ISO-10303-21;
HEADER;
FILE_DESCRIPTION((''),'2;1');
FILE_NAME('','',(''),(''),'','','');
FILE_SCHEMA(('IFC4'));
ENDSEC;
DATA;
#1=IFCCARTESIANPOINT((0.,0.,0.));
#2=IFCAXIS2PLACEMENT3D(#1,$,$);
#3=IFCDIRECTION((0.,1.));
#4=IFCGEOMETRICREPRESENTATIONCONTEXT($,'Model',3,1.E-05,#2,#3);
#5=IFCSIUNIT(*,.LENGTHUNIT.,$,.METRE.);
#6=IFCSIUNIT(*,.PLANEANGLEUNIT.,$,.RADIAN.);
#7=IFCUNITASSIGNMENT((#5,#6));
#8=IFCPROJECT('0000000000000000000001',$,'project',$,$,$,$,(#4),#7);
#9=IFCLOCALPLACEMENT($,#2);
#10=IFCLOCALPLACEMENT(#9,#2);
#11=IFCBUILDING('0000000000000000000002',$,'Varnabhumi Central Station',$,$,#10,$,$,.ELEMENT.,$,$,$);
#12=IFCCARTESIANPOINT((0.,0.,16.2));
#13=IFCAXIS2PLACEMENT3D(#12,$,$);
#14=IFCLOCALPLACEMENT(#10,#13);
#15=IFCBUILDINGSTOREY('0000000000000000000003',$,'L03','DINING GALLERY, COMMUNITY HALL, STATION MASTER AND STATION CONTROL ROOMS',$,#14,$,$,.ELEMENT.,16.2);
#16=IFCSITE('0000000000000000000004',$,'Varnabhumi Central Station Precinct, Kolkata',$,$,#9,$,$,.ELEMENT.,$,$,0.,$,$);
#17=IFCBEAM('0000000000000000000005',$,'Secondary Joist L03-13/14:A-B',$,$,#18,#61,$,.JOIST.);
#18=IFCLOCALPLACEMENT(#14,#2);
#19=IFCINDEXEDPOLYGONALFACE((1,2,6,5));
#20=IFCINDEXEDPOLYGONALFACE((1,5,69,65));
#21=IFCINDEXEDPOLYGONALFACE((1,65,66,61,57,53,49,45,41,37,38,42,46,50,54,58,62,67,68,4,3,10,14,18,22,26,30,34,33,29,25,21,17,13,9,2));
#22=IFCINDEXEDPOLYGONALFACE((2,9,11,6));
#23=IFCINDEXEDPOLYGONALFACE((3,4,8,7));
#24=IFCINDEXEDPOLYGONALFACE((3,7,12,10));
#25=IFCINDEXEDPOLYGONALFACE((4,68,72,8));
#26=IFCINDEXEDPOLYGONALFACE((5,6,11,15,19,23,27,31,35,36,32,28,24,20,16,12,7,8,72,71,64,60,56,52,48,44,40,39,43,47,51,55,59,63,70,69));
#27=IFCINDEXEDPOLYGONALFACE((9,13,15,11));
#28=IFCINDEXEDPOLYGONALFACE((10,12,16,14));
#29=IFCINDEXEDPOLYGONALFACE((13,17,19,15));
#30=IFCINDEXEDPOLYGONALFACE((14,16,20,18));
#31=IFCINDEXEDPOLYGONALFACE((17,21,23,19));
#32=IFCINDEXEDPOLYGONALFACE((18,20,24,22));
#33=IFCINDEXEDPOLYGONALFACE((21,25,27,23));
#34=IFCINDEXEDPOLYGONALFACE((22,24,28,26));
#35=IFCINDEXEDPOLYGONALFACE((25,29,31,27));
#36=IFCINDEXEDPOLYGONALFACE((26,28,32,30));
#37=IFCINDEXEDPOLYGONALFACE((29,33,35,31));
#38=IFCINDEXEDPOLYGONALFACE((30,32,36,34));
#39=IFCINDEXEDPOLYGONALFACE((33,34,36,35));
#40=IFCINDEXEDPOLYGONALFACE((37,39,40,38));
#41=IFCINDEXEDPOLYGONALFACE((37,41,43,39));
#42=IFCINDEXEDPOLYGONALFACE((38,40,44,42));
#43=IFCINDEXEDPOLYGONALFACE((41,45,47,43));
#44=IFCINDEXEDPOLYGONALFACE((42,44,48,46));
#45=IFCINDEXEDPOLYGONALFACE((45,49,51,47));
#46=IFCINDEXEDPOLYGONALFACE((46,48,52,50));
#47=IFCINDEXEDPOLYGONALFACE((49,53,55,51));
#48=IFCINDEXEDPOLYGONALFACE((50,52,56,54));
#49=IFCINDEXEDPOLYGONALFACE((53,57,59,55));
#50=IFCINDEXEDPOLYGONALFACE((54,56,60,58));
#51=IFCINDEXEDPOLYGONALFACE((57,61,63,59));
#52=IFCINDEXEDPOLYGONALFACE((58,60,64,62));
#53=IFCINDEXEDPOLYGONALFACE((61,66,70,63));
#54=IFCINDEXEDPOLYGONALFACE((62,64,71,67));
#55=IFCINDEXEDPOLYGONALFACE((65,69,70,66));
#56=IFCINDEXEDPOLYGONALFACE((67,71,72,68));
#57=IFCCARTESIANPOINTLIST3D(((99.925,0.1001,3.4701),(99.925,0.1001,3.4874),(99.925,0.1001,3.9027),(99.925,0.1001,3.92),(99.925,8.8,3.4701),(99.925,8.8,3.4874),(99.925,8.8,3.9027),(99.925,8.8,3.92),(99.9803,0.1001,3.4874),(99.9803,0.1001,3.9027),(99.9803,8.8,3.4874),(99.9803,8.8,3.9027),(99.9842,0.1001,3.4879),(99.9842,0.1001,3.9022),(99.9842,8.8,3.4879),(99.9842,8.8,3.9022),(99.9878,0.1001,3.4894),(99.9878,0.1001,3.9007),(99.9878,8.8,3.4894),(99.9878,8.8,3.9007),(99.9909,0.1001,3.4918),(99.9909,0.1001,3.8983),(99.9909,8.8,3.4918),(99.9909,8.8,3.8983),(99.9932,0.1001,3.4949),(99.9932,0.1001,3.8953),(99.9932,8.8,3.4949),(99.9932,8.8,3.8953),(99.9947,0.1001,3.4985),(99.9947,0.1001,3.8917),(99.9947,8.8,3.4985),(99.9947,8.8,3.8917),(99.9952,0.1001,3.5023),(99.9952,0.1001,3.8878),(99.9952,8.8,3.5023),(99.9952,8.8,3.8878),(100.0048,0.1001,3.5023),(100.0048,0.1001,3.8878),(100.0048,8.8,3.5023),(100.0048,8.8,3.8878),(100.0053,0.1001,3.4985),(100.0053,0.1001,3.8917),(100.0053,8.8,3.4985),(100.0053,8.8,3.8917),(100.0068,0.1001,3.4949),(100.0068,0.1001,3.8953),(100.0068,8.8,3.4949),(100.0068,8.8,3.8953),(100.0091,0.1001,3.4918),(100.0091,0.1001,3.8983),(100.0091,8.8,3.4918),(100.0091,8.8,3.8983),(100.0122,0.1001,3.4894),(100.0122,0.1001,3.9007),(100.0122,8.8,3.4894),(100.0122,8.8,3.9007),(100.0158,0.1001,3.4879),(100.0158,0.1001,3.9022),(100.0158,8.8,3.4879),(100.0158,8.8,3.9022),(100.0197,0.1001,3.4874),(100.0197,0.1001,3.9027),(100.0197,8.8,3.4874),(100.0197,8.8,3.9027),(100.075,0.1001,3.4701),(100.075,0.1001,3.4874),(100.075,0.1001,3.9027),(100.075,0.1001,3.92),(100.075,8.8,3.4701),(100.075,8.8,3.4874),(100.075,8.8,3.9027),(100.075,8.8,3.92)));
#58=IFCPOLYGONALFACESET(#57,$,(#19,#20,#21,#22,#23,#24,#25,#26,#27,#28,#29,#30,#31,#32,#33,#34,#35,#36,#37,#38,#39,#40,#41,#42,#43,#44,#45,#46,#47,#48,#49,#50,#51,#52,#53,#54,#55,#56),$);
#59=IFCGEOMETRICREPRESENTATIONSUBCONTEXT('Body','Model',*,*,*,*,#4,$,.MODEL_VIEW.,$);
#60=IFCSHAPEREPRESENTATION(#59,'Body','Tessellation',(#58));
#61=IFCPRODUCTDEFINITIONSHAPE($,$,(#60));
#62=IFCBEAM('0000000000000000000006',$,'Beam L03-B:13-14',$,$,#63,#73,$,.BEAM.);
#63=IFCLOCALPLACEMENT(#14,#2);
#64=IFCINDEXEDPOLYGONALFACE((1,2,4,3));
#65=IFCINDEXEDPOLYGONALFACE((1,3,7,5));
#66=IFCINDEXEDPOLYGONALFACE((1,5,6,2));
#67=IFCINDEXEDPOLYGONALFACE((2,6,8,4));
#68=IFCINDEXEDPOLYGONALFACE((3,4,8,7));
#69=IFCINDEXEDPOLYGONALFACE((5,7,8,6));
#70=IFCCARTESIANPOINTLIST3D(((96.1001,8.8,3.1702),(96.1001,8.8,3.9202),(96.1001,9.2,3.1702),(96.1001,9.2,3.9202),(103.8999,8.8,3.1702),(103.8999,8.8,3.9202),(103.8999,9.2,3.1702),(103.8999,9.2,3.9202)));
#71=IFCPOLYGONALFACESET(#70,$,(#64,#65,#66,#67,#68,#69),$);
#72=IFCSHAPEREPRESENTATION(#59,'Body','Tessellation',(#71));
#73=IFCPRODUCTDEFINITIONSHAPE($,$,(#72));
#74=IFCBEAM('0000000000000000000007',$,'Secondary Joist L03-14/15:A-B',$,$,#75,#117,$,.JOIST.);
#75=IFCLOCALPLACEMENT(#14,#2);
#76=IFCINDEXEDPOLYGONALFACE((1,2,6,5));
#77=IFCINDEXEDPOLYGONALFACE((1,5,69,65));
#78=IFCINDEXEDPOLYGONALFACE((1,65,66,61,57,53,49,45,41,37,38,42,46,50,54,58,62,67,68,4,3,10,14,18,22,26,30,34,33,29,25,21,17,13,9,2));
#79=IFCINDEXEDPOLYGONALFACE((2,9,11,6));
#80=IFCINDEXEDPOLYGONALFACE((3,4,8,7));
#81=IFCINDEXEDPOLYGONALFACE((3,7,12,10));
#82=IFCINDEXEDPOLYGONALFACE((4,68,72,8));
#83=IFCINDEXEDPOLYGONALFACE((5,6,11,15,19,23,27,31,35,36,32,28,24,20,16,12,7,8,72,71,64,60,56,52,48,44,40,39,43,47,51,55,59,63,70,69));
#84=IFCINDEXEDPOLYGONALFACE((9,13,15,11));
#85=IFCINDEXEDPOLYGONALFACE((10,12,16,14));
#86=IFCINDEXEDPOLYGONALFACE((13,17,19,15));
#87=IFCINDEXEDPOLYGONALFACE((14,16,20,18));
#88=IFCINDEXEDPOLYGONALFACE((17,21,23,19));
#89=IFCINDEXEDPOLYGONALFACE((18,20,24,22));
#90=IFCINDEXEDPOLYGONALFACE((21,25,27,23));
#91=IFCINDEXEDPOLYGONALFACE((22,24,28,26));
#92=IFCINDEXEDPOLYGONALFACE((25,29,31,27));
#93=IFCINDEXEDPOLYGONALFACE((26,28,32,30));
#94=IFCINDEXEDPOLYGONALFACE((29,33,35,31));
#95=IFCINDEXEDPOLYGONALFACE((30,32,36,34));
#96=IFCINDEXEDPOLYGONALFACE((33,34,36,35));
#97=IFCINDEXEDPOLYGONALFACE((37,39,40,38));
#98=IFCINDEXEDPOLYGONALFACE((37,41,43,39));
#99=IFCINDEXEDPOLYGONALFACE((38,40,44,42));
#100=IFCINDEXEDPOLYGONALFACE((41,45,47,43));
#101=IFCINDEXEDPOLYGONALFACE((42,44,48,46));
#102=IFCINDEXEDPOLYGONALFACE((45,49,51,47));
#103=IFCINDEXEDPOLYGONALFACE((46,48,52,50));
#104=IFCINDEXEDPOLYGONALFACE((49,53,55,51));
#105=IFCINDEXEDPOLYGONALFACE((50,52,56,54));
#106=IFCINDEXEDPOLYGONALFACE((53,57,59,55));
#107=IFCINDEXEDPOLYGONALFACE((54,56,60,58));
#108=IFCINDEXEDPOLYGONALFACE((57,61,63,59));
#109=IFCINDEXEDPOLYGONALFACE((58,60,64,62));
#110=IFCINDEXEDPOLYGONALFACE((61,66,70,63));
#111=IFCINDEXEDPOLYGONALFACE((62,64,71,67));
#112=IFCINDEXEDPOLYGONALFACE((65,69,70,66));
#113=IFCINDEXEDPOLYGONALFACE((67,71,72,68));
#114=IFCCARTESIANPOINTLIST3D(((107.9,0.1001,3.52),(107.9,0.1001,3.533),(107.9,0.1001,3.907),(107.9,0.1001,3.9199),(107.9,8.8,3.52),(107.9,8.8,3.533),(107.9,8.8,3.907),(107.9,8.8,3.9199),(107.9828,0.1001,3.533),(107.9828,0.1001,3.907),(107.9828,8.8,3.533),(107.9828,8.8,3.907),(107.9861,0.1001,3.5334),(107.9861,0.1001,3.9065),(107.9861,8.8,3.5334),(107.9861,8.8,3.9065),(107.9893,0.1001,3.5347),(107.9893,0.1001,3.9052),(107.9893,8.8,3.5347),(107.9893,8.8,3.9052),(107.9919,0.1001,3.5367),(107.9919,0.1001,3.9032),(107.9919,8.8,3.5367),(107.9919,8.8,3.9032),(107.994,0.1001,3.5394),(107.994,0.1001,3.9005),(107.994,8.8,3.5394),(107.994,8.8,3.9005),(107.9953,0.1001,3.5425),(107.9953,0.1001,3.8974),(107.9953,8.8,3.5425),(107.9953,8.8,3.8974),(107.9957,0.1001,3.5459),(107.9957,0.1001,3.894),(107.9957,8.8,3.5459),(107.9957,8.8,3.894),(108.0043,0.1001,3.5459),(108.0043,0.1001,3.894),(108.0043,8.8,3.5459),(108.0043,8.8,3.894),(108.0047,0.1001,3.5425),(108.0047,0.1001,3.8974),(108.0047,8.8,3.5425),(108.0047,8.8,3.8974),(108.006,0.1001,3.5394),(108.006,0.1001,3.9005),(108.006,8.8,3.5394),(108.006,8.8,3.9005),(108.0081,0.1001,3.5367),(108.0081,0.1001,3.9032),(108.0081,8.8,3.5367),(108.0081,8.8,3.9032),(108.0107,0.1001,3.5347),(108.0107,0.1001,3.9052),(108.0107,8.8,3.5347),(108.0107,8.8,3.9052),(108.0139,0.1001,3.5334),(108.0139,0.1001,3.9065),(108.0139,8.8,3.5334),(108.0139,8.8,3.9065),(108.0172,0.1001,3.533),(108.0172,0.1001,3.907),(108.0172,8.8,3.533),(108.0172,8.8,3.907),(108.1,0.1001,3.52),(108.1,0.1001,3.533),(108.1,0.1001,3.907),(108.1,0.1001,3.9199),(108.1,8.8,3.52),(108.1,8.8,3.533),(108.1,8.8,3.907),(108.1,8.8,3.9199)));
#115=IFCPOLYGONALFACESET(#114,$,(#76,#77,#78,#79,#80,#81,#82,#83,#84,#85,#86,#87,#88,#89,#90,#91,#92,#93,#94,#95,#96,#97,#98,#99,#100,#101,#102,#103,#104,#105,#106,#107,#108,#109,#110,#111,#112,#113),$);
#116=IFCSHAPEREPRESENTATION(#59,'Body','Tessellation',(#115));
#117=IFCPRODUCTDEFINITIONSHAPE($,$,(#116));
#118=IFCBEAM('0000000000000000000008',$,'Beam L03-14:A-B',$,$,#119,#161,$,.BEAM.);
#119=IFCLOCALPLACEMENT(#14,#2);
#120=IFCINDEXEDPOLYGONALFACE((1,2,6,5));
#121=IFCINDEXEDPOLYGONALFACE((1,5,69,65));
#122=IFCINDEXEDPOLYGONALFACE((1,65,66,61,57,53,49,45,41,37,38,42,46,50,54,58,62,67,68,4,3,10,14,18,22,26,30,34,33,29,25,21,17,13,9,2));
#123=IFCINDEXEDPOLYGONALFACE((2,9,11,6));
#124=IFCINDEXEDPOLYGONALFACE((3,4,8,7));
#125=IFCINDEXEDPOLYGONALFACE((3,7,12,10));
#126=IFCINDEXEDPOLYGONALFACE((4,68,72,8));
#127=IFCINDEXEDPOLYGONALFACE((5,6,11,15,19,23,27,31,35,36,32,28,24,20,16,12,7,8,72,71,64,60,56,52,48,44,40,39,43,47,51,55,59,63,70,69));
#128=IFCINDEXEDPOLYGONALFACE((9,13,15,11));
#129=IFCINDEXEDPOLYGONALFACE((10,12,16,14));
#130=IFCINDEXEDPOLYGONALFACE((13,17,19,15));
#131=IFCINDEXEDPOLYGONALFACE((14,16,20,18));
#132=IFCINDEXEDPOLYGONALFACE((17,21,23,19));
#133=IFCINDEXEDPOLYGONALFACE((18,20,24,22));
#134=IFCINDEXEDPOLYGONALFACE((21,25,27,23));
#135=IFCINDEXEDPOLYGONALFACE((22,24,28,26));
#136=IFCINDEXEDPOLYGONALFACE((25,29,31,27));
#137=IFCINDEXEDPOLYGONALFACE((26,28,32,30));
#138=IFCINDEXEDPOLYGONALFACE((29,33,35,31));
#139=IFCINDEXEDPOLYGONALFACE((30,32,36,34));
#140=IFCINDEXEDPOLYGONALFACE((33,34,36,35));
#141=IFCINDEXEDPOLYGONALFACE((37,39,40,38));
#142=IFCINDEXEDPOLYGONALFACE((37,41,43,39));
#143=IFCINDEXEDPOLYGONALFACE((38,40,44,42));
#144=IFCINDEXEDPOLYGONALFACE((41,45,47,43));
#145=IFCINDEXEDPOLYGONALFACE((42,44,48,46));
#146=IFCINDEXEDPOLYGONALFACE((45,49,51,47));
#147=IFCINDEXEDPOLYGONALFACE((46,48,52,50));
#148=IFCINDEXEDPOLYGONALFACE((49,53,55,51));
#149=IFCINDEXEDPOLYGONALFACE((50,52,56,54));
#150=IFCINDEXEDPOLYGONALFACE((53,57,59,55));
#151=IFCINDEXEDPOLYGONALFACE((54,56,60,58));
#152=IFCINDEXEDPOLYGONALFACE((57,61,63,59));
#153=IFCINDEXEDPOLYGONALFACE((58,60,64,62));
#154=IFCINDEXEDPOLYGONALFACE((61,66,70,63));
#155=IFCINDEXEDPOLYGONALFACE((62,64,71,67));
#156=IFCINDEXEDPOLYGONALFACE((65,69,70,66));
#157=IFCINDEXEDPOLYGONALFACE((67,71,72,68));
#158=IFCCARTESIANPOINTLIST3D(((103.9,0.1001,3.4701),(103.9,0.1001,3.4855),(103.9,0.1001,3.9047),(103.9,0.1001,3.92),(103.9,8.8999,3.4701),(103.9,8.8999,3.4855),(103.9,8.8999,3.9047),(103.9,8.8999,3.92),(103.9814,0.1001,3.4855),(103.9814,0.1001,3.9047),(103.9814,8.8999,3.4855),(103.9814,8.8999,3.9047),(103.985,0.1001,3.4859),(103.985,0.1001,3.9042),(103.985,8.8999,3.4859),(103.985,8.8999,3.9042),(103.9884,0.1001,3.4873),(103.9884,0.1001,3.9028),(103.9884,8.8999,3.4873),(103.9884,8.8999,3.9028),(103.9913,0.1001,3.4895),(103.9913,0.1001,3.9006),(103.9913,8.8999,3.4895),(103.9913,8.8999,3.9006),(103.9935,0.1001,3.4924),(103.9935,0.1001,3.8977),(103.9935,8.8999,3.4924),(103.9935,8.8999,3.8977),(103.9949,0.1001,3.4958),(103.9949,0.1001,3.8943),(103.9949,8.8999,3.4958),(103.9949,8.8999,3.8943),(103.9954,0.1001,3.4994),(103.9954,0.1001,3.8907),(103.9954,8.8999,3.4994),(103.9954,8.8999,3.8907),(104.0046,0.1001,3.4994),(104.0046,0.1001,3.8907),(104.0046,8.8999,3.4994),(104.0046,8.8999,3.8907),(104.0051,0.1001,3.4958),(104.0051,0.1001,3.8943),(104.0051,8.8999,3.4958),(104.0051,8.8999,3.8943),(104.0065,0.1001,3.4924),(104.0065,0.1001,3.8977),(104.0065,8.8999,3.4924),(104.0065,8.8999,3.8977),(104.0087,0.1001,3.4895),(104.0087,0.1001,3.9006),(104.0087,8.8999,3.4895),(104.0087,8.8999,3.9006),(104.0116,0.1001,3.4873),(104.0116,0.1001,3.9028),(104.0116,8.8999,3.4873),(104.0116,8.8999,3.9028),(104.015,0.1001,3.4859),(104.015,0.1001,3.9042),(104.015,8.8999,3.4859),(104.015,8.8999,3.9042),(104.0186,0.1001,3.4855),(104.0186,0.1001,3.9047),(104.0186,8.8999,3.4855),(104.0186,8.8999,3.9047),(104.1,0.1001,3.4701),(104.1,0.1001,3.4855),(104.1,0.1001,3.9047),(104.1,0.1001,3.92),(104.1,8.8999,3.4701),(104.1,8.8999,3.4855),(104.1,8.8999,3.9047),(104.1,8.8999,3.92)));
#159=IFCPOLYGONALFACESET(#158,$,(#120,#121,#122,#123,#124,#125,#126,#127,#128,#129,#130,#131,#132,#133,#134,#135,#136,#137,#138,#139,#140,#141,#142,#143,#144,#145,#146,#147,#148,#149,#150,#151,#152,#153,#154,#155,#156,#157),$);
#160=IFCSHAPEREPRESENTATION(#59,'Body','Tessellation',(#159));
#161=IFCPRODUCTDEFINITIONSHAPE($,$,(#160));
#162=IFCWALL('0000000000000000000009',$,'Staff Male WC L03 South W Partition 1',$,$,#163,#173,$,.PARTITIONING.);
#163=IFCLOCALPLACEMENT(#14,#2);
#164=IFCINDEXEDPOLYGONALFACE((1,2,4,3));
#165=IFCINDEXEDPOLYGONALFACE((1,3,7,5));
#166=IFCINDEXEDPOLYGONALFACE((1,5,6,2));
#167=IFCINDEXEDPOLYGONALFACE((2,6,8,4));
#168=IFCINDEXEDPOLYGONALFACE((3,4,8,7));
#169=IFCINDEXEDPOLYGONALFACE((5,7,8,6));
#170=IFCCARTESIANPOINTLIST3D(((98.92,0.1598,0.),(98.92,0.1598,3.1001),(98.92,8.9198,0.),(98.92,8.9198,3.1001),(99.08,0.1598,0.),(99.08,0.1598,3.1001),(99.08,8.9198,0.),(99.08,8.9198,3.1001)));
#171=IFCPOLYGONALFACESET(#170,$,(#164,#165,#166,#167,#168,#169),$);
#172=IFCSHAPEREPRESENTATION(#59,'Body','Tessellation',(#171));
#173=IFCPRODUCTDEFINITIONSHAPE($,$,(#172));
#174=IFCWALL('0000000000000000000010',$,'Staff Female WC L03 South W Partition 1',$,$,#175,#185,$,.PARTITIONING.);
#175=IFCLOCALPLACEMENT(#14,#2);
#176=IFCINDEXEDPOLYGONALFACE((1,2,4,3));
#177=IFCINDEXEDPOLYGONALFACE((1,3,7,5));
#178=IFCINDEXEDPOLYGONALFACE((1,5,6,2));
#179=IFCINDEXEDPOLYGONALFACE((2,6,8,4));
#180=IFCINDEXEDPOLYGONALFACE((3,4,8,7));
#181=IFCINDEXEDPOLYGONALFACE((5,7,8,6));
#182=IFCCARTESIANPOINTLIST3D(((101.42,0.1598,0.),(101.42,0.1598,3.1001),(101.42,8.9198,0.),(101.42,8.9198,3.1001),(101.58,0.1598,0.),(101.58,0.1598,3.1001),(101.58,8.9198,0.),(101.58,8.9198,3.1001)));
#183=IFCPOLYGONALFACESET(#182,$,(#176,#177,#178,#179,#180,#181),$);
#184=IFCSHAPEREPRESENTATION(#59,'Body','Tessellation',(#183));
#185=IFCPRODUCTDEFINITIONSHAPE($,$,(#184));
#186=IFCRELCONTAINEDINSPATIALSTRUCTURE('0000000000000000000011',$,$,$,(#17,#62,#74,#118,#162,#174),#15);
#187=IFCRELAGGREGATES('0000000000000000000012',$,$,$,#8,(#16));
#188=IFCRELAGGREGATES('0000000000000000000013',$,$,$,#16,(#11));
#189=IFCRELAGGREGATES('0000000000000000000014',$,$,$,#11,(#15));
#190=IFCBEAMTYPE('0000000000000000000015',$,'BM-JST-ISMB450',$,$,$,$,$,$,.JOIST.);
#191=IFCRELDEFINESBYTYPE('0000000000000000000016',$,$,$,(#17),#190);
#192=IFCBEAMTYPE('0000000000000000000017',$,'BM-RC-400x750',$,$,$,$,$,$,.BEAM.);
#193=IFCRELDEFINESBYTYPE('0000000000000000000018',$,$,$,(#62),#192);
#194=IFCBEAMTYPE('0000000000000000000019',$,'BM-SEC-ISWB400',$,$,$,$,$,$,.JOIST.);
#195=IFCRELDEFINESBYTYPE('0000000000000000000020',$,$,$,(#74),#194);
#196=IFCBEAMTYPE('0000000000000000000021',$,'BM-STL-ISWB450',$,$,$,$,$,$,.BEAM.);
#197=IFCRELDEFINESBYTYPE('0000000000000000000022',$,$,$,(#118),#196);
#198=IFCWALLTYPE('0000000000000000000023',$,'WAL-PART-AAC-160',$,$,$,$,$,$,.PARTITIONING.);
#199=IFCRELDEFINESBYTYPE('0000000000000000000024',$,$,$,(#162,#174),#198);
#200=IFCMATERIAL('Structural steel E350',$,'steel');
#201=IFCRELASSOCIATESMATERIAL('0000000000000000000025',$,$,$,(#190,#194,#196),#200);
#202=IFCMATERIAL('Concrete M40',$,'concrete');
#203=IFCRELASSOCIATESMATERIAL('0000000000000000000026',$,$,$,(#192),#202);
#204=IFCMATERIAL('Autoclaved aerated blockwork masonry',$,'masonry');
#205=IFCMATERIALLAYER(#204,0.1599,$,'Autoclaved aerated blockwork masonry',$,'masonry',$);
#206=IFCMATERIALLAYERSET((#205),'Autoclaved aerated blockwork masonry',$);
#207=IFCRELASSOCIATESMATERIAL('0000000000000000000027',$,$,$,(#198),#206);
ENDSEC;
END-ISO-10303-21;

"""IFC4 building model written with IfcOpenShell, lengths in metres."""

from ifc_helpers import new_model, si_unit, direction, frame, frame_2d, origin, origin_2d, place, context, subcontext, project, spatial, rectangle, i_section, extrude, material, layer, layer_set, material_profile, profile_set, type_object, element, save


model = new_model("IFC4")

# Units and contexts
model_context = context("Model", 3, precision=1e-05, world=origin(), true_north=direction((0.0, 1.0)))
body_context = subcontext(model_context, "Body", "Model", "MODEL_VIEW")
ifc_project = project(units=[si_unit("LENGTHUNIT", "METRE"), si_unit("PLANEANGLEUNIT", "RADIAN")], contexts=[model_context])

# Site, building, storey
site_placement = place(None, origin())
site = spatial("IfcSite", under=ifc_project, at=site_placement, Name="Varnabhumi Central Station Precinct, Kolkata", CompositionType="ELEMENT", RefElevation=0.0)
building_placement = place(site_placement, origin())
building = spatial("IfcBuilding", under=site, at=building_placement, Name="Varnabhumi Central Station", CompositionType="ELEMENT")
storey_placement = place(building_placement, frame((0.0, 0.0, 16.2)))
storey = spatial("IfcBuildingStorey", under=building, at=storey_placement, Name="L03", Description="DINING GALLERY, COMMUNITY HALL, STATION MASTER AND STATION CONTROL ROOMS", CompositionType="ELEMENT", Elevation=16.2)

# Shared definitions
ifc_material_1 = material(Name="Concrete M40", Category="concrete")

# Beams
ifc_material_2 = material(Name="Structural steel E350", Category="steel")
ifc_material_profile_1 = material_profile(ifc_material_2, i_section(OverallWidth=0.1499, OverallDepth=0.45, WebThickness=0.0095, FlangeThickness=0.0173, FilletRadius=0.0149, at=origin_2d()), Name="Structural steel E350", Category="steel")
ifc_profile_set_1 = profile_set([ifc_material_profile_1], Name="Structural steel E350")
beam_type_1 = type_object("IfcBeamType", Name="BM-JST-ISMB450", PredefinedType="JOIST", material=ifc_profile_set_1)
beam_1_placement = place(storey_placement, frame((100.0, 0.1001, 3.6951), z_axis=(0.0, 1.0, 0.0), x_axis=(-1.0, 0.0, 0.0)))
element("IfcBeam", 1, at=beam_1_placement, inside=storey, type_object=beam_type_1, Name="Secondary Joist L03-13/14:A-B", PredefinedType="JOIST", context=body_context, shape_type="SweptSolid", body=[
    extrude(i_section(OverallWidth=0.1499, OverallDepth=0.45, WebThickness=0.0095, FlangeThickness=0.0173, FilletRadius=0.0149, at=origin_2d()), origin(), (0.0, 0.0, 1.0), 8.7),
])
ifc_material_profile_2 = material_profile(ifc_material_1, rectangle(XDim=0.3999, YDim=0.75, at=origin_2d()), Name="Concrete M40", Category="concrete")
ifc_profile_set_2 = profile_set([ifc_material_profile_2], Name="Concrete M40")
beam_type_2 = type_object("IfcBeamType", Name="BM-RC-400x750", PredefinedType="BEAM", material=ifc_profile_set_2)
beam_2_placement = place(storey_placement, frame((96.1001, 9.0, 3.5452), z_axis=(1.0, 0.0, 0.0), x_axis=(0.0, 1.0, 0.0)))
element("IfcBeam", 2, at=beam_2_placement, inside=storey, type_object=beam_type_2, Name="Beam L03-B:13-14", PredefinedType="BEAM", context=body_context, shape_type="SweptSolid", body=[
    extrude(rectangle(XDim=0.3999, YDim=0.75, at=origin_2d()), origin(), (0.0, 0.0, 1.0), 7.7998),
])
ifc_material_profile_3 = material_profile(ifc_material_2, i_section(OverallWidth=0.2, OverallDepth=0.3999, WebThickness=0.0085, FlangeThickness=0.0129, FilletRadius=0.0129, at=origin_2d()), Name="Structural steel E350", Category="steel")
ifc_profile_set_3 = profile_set([ifc_material_profile_3], Name="Structural steel E350")
beam_type_3 = type_object("IfcBeamType", Name="BM-SEC-ISWB400", PredefinedType="JOIST", material=ifc_profile_set_3)
beam_3_placement = place(storey_placement, frame((108.0, 0.1001, 3.72), z_axis=(0.0, 1.0, 0.0), x_axis=(-1.0, 0.0, 0.0)))
element("IfcBeam", 3, at=beam_3_placement, inside=storey, type_object=beam_type_3, Name="Secondary Joist L03-14/15:A-B", PredefinedType="JOIST", context=body_context, shape_type="SweptSolid", body=[
    extrude(i_section(OverallWidth=0.2, OverallDepth=0.3999, WebThickness=0.0085, FlangeThickness=0.0129, FilletRadius=0.0129, at=origin_2d()), origin(), (0.0, 0.0, 1.0), 8.7),
])
ifc_material_profile_4 = material_profile(ifc_material_2, i_section(OverallWidth=0.2, OverallDepth=0.45, WebThickness=0.0093, FlangeThickness=0.0154, FilletRadius=0.0139, at=origin_2d()), Name="Structural steel E350", Category="steel")
ifc_profile_set_4 = profile_set([ifc_material_profile_4], Name="Structural steel E350")
beam_type_4 = type_object("IfcBeamType", Name="BM-STL-ISWB450", PredefinedType="BEAM", material=ifc_profile_set_4)
beam_4_placement = place(storey_placement, frame((104.0, 0.1001, 3.6951), z_axis=(0.0, 1.0, 0.0), x_axis=(-1.0, 0.0, 0.0)))
element("IfcBeam", 4, at=beam_4_placement, inside=storey, type_object=beam_type_4, Name="Beam L03-14:A-B", PredefinedType="BEAM", context=body_context, shape_type="SweptSolid", body=[
    extrude(i_section(OverallWidth=0.2, OverallDepth=0.45, WebThickness=0.0093, FlangeThickness=0.0154, FilletRadius=0.0139, at=origin_2d()), origin(), (0.0, 0.0, 1.0), 8.7998),
])

# Walls
ifc_material_3 = material(Name="Autoclaved aerated blockwork masonry", Category="masonry")
ifc_layer_1 = layer(ifc_material_3, 0.1599, Name="Autoclaved aerated blockwork masonry", Category="masonry")
ifc_layer_set_1 = layer_set([ifc_layer_1], Name="Autoclaved aerated blockwork masonry")
wall_type_1 = type_object("IfcWallType", Name="WAL-PART-AAC-160", PredefinedType="PARTITIONING", material=ifc_layer_set_1)
for number, where, z_axis, x_axis, name in (
    (5, (99.0, 0.1599, 0.0), (0.0, 0.0, 1.0), (0.0, 1.0, 0.0), "Staff Male WC L03 South W Partition 1"),
    (6, (101.5, 0.1599, 0.0), (0.0, 0.0, 1.0), (0.0, 1.0, 0.0), "Staff Female WC L03 South W Partition 1"),
):
    element("IfcWall", number, at=place(storey_placement, frame(where, z_axis=z_axis, x_axis=x_axis)), inside=storey, type_object=wall_type_1, Name=name, PredefinedType="PARTITIONING", context=body_context, shape_type="SweptSolid", body=[
        extrude(rectangle(XDim=8.76, YDim=0.1599, at=frame_2d((4.3799, 0.0))), origin(), (0.0, 0.0, 1.0), 3.1001),
    ])

save(model, "model.ifc")
